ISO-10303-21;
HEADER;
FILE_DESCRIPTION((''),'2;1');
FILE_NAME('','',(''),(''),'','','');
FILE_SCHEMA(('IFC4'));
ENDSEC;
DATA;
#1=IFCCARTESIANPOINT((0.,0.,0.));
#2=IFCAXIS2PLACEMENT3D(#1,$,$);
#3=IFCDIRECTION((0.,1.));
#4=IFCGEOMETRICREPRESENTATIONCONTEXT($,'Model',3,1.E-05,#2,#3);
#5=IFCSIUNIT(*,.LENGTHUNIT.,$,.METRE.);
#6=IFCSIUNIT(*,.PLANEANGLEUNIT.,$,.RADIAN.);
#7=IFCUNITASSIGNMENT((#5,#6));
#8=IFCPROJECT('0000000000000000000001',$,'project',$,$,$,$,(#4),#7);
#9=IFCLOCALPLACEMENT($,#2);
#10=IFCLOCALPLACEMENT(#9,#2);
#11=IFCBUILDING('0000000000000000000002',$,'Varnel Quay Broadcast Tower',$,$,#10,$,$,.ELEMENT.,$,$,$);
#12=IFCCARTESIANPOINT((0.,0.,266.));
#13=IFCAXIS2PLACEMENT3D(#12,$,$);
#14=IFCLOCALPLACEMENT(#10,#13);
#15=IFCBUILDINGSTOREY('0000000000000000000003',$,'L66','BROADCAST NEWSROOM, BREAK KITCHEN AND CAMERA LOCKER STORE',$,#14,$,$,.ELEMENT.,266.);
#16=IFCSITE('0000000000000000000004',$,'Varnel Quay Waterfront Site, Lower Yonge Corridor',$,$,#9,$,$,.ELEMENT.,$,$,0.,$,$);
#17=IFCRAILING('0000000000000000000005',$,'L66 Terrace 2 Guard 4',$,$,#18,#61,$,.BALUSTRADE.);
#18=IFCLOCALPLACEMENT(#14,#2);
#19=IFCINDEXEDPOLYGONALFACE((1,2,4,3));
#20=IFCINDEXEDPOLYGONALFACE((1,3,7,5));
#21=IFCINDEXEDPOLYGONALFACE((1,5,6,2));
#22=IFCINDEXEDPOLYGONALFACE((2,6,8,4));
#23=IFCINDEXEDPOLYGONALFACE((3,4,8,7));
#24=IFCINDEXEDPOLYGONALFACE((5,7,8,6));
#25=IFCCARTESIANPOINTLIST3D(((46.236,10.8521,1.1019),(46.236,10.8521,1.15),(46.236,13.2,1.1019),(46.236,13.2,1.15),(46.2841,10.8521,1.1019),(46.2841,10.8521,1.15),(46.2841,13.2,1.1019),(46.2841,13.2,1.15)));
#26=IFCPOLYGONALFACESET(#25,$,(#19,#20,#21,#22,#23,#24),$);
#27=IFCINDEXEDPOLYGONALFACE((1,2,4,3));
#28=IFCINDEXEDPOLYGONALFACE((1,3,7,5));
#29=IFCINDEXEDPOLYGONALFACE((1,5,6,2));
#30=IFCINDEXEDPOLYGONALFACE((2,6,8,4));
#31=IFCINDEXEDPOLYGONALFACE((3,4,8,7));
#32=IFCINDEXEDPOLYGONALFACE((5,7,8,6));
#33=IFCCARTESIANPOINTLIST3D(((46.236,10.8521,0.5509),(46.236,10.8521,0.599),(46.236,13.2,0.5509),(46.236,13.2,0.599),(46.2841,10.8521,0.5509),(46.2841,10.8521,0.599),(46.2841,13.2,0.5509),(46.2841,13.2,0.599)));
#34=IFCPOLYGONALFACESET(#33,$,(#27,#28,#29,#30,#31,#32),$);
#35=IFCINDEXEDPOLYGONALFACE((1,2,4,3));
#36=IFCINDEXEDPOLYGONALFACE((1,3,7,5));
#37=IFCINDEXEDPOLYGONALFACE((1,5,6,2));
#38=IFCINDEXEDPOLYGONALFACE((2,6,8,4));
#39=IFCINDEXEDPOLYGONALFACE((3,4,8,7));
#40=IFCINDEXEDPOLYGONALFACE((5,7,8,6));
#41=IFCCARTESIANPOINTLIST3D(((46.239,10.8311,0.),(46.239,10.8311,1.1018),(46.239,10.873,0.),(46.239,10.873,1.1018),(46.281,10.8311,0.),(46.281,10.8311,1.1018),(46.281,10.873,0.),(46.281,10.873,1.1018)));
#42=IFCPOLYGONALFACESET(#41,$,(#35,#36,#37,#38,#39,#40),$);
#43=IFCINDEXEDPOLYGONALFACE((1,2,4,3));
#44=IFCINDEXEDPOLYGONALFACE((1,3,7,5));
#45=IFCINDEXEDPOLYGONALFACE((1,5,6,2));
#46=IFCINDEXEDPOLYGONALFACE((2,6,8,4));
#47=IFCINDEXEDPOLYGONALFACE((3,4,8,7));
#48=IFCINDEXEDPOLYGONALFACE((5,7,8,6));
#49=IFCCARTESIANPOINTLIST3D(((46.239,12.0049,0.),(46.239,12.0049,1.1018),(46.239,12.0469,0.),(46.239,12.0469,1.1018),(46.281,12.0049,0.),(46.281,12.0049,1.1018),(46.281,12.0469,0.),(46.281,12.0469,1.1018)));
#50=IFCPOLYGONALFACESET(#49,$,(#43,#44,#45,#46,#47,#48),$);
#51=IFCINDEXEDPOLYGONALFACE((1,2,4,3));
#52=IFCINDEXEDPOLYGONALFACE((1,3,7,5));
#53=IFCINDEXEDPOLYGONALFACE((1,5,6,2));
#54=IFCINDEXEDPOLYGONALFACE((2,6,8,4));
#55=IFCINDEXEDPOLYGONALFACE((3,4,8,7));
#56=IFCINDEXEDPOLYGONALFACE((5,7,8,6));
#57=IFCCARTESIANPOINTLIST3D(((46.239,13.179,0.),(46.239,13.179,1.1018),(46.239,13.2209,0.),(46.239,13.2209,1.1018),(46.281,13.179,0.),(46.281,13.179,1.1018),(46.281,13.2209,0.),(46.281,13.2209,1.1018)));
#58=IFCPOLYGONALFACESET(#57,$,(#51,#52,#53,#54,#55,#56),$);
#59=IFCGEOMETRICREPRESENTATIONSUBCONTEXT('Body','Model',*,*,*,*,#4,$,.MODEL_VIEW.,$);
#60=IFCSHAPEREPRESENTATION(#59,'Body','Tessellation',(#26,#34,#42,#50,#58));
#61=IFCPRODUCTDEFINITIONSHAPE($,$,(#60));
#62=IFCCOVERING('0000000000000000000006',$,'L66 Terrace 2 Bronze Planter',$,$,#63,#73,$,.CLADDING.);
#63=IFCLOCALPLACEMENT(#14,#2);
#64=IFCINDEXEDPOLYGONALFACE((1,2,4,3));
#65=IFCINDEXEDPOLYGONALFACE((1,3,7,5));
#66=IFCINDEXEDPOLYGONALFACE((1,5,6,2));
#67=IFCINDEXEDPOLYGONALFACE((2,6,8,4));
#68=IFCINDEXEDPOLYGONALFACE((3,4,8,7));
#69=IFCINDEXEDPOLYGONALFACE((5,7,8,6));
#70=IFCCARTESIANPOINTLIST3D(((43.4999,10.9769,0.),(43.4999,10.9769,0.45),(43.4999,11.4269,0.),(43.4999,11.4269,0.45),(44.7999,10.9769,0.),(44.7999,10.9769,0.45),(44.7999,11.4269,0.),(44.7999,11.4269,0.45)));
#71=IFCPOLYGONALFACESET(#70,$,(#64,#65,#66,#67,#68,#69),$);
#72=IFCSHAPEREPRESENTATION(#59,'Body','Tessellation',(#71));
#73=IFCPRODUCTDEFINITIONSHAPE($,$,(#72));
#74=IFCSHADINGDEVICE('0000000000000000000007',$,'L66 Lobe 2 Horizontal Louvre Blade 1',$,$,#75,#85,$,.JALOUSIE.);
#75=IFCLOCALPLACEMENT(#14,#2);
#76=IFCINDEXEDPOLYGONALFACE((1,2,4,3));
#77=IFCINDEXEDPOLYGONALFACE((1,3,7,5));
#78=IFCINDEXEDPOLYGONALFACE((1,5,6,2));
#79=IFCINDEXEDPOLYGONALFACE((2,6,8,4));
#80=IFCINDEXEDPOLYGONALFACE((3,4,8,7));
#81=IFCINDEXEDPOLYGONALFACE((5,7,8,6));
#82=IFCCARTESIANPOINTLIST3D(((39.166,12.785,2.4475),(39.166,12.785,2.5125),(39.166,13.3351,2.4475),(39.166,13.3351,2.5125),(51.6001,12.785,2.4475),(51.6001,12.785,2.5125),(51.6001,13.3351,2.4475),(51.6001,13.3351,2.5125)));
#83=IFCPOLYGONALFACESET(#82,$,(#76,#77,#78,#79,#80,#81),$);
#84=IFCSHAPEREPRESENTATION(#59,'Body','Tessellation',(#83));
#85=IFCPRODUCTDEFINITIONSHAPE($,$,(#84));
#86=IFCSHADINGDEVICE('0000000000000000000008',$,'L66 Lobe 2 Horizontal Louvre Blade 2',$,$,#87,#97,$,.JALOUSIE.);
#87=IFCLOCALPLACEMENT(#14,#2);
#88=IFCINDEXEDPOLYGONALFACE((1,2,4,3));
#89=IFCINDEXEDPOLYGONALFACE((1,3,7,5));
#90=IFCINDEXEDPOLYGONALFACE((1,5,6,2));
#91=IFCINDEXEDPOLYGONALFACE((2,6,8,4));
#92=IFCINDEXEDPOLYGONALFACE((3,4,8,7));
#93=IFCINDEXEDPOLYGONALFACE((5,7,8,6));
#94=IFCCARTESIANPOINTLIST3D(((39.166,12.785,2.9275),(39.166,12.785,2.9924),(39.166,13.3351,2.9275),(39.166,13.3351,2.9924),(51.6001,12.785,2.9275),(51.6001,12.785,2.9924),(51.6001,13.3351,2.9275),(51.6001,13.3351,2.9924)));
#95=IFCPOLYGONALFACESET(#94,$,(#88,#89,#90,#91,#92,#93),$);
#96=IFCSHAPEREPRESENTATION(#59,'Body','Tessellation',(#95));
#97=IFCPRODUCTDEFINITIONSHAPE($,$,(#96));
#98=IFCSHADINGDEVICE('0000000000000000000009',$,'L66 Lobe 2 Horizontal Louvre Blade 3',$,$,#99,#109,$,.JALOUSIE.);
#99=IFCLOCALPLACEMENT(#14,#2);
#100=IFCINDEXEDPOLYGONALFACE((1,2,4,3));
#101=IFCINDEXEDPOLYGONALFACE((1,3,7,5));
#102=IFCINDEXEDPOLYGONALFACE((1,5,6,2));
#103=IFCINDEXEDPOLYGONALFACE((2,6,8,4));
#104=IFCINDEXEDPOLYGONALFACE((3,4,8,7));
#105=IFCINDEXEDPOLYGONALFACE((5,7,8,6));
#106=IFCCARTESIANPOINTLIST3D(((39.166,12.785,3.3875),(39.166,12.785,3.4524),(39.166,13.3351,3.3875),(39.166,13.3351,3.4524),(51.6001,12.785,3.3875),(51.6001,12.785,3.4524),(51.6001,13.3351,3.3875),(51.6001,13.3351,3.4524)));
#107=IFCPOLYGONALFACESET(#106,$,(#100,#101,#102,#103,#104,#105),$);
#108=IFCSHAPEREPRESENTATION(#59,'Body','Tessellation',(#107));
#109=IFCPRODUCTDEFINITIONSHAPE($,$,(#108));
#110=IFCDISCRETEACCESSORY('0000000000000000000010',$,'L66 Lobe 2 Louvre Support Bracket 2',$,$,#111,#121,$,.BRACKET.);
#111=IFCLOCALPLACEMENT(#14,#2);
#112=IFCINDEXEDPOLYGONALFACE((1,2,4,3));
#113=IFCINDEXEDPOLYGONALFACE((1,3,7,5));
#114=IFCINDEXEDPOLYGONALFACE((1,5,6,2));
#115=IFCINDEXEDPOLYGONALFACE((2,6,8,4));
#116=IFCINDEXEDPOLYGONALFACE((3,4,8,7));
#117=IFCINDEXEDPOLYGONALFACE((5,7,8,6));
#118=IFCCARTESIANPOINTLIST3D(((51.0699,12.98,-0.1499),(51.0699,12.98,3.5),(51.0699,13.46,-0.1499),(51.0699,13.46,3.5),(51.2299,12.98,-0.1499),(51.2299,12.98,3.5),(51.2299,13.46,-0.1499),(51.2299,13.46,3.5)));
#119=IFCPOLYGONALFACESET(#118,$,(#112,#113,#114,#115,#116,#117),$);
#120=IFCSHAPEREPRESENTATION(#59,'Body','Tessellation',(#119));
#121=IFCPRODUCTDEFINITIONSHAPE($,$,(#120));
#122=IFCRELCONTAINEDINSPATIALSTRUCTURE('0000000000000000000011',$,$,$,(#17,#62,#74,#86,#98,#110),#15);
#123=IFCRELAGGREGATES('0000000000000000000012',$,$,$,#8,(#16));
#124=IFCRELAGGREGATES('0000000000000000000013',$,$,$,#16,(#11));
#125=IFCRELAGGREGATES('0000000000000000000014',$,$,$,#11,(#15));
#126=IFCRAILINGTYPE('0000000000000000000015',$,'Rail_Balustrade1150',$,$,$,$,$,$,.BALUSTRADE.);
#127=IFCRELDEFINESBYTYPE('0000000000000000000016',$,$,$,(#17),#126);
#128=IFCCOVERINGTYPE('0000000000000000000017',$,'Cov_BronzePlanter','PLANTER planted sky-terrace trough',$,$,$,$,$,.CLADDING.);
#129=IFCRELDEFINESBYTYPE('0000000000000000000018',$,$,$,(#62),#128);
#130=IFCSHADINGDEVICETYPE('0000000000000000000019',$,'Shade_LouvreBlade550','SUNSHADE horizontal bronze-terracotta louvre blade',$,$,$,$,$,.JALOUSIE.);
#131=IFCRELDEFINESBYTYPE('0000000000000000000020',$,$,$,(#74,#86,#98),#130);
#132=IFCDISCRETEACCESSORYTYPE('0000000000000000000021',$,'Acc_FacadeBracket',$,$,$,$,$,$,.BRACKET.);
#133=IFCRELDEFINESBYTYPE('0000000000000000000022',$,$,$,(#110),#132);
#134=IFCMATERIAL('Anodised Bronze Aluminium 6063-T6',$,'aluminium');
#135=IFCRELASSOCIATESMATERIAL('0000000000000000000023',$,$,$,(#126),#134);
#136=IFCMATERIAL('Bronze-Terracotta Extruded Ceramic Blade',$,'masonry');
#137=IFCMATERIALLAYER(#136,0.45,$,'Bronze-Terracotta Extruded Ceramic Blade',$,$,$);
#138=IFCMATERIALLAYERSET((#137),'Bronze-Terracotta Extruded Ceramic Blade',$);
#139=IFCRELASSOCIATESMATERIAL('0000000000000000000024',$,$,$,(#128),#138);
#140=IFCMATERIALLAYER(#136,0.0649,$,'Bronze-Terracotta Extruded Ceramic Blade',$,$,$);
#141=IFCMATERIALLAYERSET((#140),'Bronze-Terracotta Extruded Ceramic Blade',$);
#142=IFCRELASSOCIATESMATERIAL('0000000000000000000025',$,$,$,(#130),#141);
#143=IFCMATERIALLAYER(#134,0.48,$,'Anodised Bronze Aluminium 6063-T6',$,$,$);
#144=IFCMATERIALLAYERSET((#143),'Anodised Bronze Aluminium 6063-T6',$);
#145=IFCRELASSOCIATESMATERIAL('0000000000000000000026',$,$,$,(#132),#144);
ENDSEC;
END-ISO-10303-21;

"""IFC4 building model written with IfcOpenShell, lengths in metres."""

from ifc_helpers import new_model, si_unit, direction, frame, origin, origin_2d, place, context, subcontext, project, spatial, rectangle, extrude, source, transform, mapped, material, layer, layer_set, type_object, type_shapes, element, save


model = new_model("IFC4")

# Units and contexts
model_context = context("Model", 3, precision=1e-05, world=origin(), true_north=direction((0.0, 1.0)))
body_context = subcontext(model_context, "Body", "Model", "MODEL_VIEW")
ifc_project = project(units=[si_unit("LENGTHUNIT", "METRE"), si_unit("PLANEANGLEUNIT", "RADIAN")], contexts=[model_context])

# Site, building, storey
site_placement = place(None, origin())
site = spatial("IfcSite", under=ifc_project, at=site_placement, Name="Varnel Quay Waterfront Site, Lower Yonge Corridor", CompositionType="ELEMENT", RefElevation=0.0)
building_placement = place(site_placement, origin())
building = spatial("IfcBuilding", under=site, at=building_placement, Name="Varnel Quay Broadcast Tower", CompositionType="ELEMENT")
storey_placement = place(building_placement, frame((0.0, 0.0, 266.0)))
storey = spatial("IfcBuildingStorey", under=building, at=storey_placement, Name="L66", Description="BROADCAST NEWSROOM, BREAK KITCHEN AND CAMERA LOCKER STORE", CompositionType="ELEMENT", Elevation=266.0)

# Shared definitions
ifc_material_1 = material(Name="Anodised Bronze Aluminium 6063-T6", Category="aluminium")

# Railing
railing_type = type_object("IfcRailingType", Name="Rail_Balustrade1150", PredefinedType="BALUSTRADE", material=ifc_material_1)
railing_placement = place(storey_placement, frame((46.26, 10.8521, 0.0)))
element("IfcRailing", 1, at=railing_placement, inside=storey, type_object=railing_type, Name="L66 Terrace 2 Guard 4", PredefinedType="BALUSTRADE", context=body_context, shape_type="SweptSolid", body=[
    extrude(rectangle(XDim=0.0481, YDim=0.0481, at=origin_2d()), frame((0.0, 0.0, 1.126), z_axis=(0.0, 1.0, 0.0), x_axis=(-1.0, 0.0, 0.0)), (0.0, 0.0, 1.0), 2.3479),
    extrude(rectangle(XDim=0.0481, YDim=0.0481, at=origin_2d()), frame((0.0, 0.0, 0.575), z_axis=(0.0, 1.0, 0.0), x_axis=(-1.0, 0.0, 0.0)), (0.0, 0.0, 1.0), 2.3479),
    extrude(rectangle(XDim=0.042, YDim=0.042, at=origin_2d()), origin(), (0.0, 0.0, 1.0), 1.1018),
    extrude(rectangle(XDim=0.042, YDim=0.042, at=origin_2d()), frame((0.0, 1.1738, 0.0)), (0.0, 0.0, 1.0), 1.1018),
    extrude(rectangle(XDim=0.042, YDim=0.042, at=origin_2d()), frame((0.0, 2.3479, 0.0)), (0.0, 0.0, 1.0), 1.1018),
])

# Covering
ifc_material_2 = material(Name="Bronze-Terracotta Extruded Ceramic Blade", Category="masonry")
ifc_layer_1 = layer(ifc_material_2, 0.45, Name="Bronze-Terracotta Extruded Ceramic Blade")
ifc_layer_set_1 = layer_set([ifc_layer_1], Name="Bronze-Terracotta Extruded Ceramic Blade")
covering_type = type_object("IfcCoveringType", Name="Cov_BronzePlanter", Description="PLANTER planted sky-terrace trough", PredefinedType="CLADDING", material=ifc_layer_set_1)
shared_shape_1 = source(origin(), body_context, "Body", "SweptSolid", [
    extrude(rectangle(XDim=1.3, YDim=0.45, at=origin_2d()), origin(), (0.0, 0.0, 1.0), 0.45),
])
type_shapes(covering_type, [shared_shape_1])
covering_placement = place(storey_placement, frame((44.1499, 11.2019, 0.0), z_axis=(0.0, 0.0, 1.0), x_axis=(1.0, 0.0, 0.0)))
element("IfcCovering", 2, at=covering_placement, inside=storey, type_object=covering_type, Name="L66 Terrace 2 Bronze Planter", PredefinedType="CLADDING", context=body_context, shape_type="MappedRepresentation", body=[
    mapped(shared_shape_1, transform((0.0, 0.0, 0.0), x_axis=(1.0, 0.0, 0.0), y_axis=(0.0, 1.0, 0.0), z_axis=(0.0, 0.0, 1.0), scale=1.0)),
])

# Shading devices
ifc_layer_2 = layer(ifc_material_2, 0.0649, Name="Bronze-Terracotta Extruded Ceramic Blade")
ifc_layer_set_2 = layer_set([ifc_layer_2], Name="Bronze-Terracotta Extruded Ceramic Blade")
shading_device_type = type_object("IfcShadingDeviceType", Name="Shade_LouvreBlade550", Description="SUNSHADE horizontal bronze-terracotta louvre blade", PredefinedType="JALOUSIE", material=ifc_layer_set_2)
shared_shape_2 = source(origin(), body_context, "Body", "SweptSolid", [
    extrude(rectangle(XDim=12.4341, YDim=0.55, at=origin_2d()), origin(), (0.0, 0.0, 1.0), 0.0649),
])
type_shapes(shading_device_type, [shared_shape_2])
for number, where, z_axis, x_axis, name in (
    (3, (45.3831, 13.0601, 2.4475), (0.0, 0.0, 1.0), (1.0, 0.0, 0.0), "L66 Lobe 2 Horizontal Louvre Blade 1"),
    (4, (45.3831, 13.0601, 2.9275), (0.0, 0.0, 1.0), (1.0, 0.0, 0.0), "L66 Lobe 2 Horizontal Louvre Blade 2"),
    (5, (45.3831, 13.0601, 3.3875), (0.0, 0.0, 1.0), (1.0, 0.0, 0.0), "L66 Lobe 2 Horizontal Louvre Blade 3"),
):
    element("IfcShadingDevice", number, at=place(storey_placement, frame(where, z_axis=z_axis, x_axis=x_axis)), inside=storey, type_object=shading_device_type, Name=name, PredefinedType="JALOUSIE", context=body_context, shape_type="MappedRepresentation", body=[
        mapped(shared_shape_2, transform((0.0, 0.0, 0.0), x_axis=(1.0, 0.0, 0.0), y_axis=(0.0, 1.0, 0.0), z_axis=(0.0, 0.0, 1.0), scale=1.0)),
    ])

# Discrete accessory
ifc_layer_3 = layer(ifc_material_1, 0.48, Name="Anodised Bronze Aluminium 6063-T6")
ifc_layer_set_3 = layer_set([ifc_layer_3], Name="Anodised Bronze Aluminium 6063-T6")
discrete_accessory_type = type_object("IfcDiscreteAccessoryType", Name="Acc_FacadeBracket", PredefinedType="BRACKET", material=ifc_layer_set_3)
shared_shape_3 = source(origin(), body_context, "Body", "SweptSolid", [
    extrude(rectangle(XDim=0.1599, YDim=0.48, at=origin_2d()), origin(), (0.0, 0.0, 1.0), 3.6499),
])
type_shapes(discrete_accessory_type, [shared_shape_3])
discrete_accessory_placement = place(storey_placement, frame((51.1499, 13.22, -0.1499), z_axis=(0.0, 0.0, 1.0), x_axis=(1.0, 0.0, 0.0)))
element("IfcDiscreteAccessory", 6, at=discrete_accessory_placement, inside=storey, type_object=discrete_accessory_type, Name="L66 Lobe 2 Louvre Support Bracket 2", PredefinedType="BRACKET", context=body_context, shape_type="MappedRepresentation", body=[
    mapped(shared_shape_3, transform((0.0, 0.0, 0.0), x_axis=(1.0, 0.0, 0.0), y_axis=(0.0, 1.0, 0.0), z_axis=(0.0, 0.0, 1.0), scale=1.0)),
])

save(model, "model.ifc")
